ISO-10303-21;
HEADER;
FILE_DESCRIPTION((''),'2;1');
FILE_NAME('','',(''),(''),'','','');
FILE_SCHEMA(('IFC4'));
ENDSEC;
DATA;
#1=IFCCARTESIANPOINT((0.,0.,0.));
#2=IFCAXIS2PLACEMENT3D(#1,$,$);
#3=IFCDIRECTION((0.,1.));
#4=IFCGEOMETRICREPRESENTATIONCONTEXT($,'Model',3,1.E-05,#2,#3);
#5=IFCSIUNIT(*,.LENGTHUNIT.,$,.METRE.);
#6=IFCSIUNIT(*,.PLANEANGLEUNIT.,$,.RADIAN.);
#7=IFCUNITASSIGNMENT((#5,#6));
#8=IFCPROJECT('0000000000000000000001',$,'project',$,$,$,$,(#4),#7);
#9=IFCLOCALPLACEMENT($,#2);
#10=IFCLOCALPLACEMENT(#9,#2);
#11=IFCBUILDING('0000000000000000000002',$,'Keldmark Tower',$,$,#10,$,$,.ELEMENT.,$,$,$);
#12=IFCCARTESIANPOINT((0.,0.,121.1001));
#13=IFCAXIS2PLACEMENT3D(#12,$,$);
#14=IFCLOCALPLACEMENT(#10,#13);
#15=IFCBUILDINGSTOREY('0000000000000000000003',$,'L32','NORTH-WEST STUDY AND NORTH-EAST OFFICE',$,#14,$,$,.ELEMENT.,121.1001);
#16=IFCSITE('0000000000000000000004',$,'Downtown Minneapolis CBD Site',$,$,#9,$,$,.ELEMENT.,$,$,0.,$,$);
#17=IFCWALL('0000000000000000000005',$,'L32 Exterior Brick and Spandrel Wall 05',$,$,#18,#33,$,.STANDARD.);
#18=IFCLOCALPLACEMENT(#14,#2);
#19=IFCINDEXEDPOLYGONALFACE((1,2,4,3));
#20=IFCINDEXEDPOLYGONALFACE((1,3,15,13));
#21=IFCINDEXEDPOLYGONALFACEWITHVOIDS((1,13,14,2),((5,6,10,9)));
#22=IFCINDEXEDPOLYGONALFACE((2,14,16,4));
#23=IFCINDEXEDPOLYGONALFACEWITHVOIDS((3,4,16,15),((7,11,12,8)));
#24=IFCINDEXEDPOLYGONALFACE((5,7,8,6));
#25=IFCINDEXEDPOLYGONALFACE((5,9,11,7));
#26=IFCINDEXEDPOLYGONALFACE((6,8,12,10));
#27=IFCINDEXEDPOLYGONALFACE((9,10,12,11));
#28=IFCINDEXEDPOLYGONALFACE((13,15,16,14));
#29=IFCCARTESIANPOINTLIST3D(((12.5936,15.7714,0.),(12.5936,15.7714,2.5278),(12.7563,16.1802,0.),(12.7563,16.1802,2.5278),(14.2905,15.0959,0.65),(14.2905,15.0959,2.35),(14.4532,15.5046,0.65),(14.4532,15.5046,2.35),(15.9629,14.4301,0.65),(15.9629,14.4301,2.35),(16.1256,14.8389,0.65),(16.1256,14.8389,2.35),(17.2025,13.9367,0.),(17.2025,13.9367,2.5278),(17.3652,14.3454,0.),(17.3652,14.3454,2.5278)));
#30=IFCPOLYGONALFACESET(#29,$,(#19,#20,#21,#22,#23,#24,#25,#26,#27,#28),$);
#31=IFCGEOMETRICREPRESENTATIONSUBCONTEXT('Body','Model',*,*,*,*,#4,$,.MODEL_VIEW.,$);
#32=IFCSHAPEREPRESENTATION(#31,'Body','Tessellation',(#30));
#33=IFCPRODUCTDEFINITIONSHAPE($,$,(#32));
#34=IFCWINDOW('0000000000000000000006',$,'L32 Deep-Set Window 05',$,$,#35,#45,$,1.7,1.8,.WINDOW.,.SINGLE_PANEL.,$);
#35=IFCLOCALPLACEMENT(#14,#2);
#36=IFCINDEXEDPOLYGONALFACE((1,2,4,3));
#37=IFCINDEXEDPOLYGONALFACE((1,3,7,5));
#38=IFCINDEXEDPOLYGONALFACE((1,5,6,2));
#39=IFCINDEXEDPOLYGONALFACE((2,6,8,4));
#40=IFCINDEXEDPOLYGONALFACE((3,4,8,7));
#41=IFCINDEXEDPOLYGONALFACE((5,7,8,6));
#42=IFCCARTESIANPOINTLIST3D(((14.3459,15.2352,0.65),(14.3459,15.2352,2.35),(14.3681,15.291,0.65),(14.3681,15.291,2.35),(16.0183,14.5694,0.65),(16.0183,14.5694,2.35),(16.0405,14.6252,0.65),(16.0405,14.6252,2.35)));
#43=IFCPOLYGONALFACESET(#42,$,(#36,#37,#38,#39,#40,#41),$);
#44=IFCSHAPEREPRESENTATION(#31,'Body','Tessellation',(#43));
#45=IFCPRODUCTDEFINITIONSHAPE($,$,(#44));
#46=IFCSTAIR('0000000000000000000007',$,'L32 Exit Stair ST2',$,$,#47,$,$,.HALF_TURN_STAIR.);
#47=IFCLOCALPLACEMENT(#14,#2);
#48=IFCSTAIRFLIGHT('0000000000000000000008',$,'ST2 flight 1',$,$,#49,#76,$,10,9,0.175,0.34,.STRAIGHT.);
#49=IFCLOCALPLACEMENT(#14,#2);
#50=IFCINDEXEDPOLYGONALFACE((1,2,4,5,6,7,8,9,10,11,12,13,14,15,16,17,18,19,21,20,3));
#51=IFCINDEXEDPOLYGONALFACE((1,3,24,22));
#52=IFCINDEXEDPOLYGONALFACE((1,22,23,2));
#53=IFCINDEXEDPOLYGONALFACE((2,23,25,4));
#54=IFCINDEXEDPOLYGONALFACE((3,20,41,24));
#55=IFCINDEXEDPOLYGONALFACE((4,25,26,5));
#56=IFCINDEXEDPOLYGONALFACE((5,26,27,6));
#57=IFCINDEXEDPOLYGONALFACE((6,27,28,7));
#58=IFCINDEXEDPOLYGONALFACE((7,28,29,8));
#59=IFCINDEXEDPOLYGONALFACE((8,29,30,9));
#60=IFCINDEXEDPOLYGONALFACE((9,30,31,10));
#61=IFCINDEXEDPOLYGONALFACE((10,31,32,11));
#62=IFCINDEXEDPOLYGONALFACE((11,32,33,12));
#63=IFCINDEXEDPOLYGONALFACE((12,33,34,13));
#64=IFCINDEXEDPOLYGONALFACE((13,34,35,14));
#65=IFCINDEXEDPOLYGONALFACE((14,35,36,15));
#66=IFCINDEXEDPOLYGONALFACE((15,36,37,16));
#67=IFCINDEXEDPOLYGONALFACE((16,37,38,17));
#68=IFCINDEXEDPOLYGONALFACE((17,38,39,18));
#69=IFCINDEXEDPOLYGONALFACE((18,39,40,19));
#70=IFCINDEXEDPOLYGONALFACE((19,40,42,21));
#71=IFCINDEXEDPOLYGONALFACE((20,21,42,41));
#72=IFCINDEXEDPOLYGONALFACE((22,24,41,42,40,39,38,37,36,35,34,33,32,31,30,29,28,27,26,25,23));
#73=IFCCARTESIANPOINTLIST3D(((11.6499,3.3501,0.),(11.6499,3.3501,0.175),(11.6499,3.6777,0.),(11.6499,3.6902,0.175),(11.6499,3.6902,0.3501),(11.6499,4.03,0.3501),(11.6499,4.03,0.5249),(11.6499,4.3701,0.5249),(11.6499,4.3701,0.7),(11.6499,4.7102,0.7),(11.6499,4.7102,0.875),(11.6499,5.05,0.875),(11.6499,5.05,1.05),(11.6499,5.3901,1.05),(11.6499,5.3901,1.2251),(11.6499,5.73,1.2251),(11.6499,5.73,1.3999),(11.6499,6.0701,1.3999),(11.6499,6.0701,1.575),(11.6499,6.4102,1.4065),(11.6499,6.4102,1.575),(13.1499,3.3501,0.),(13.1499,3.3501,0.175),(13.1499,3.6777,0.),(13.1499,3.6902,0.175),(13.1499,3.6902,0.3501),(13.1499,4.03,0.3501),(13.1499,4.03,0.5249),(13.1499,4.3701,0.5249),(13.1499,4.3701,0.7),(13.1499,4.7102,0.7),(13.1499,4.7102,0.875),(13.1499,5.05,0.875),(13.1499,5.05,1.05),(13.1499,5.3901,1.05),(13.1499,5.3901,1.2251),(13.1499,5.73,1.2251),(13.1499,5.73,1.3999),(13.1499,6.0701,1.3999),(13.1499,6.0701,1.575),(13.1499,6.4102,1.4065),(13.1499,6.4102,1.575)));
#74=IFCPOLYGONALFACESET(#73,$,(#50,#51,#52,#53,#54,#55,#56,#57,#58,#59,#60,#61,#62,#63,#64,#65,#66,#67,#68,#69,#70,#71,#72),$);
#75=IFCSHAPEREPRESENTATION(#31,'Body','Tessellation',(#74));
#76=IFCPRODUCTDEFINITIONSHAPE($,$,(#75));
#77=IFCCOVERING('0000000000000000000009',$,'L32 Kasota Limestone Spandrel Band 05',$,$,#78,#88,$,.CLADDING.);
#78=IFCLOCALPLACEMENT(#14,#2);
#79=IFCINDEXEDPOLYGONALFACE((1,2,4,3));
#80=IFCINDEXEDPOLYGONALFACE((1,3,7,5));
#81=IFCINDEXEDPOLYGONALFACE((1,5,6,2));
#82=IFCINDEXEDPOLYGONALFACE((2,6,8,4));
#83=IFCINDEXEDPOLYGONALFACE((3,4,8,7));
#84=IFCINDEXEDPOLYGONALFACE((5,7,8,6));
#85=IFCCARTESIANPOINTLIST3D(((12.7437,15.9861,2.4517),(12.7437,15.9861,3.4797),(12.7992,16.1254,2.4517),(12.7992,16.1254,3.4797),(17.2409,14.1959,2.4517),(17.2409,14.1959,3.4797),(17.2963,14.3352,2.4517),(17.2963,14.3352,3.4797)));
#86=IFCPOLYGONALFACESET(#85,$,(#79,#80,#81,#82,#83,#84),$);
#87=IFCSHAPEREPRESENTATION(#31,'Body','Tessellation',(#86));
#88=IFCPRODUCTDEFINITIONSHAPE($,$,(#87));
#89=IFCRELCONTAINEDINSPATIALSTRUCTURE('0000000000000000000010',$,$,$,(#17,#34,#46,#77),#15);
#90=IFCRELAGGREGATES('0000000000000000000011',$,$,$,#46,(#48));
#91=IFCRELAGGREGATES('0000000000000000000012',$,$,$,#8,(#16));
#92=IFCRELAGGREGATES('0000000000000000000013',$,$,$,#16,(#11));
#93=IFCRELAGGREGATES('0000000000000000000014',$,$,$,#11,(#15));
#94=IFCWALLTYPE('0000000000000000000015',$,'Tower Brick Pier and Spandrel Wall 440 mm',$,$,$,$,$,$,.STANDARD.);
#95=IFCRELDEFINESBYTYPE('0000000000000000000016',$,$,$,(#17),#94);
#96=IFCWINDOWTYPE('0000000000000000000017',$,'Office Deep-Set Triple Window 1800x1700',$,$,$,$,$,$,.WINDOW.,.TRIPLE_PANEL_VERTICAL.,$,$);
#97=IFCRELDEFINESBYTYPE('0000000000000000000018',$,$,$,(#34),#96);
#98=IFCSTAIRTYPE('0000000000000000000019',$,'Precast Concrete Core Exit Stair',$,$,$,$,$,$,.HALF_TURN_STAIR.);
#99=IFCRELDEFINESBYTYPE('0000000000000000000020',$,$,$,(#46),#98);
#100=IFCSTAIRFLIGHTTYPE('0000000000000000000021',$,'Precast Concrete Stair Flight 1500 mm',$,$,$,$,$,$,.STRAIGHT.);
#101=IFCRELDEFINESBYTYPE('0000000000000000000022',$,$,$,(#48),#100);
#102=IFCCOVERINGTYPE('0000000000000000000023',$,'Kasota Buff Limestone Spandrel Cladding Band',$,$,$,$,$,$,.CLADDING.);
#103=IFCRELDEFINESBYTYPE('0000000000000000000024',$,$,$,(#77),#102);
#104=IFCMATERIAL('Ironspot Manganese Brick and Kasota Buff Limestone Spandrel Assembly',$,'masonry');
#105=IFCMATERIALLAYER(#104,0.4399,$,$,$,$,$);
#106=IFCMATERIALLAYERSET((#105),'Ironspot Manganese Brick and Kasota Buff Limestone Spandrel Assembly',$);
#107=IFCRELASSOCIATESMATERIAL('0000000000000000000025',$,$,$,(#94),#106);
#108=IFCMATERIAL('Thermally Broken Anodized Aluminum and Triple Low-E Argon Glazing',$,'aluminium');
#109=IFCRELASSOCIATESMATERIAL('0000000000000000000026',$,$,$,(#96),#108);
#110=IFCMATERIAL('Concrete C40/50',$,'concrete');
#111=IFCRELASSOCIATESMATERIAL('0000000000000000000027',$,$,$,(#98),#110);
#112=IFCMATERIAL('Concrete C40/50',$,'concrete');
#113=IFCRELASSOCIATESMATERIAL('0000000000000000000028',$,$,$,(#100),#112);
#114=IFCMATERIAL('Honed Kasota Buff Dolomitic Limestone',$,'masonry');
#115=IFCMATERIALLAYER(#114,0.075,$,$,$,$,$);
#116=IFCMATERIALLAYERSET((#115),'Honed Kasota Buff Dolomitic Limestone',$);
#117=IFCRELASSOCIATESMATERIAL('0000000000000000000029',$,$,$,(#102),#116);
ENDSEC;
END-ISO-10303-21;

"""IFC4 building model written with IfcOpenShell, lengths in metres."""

from ifc_helpers import new_model, si_unit, direction, frame, frame_2d, origin, origin_2d, place, context, subcontext, project, spatial, polyline, rectangle, outline, extrude, material, layer, layer_set, type_object, element, fill, aggregate, save


model = new_model("IFC4")

# Units and contexts
model_context = context("Model", 3, precision=1e-05, world=origin(), true_north=direction((0.0, 1.0)))
body_context = subcontext(model_context, "Body", "Model", "MODEL_VIEW")
ifc_project = project(units=[si_unit("LENGTHUNIT", "METRE"), si_unit("PLANEANGLEUNIT", "RADIAN")], contexts=[model_context])

# Site, building, storey
site_placement = place(None, origin())
site = spatial("IfcSite", under=ifc_project, at=site_placement, Name="Downtown Minneapolis CBD Site", CompositionType="ELEMENT", RefElevation=0.0)
building_placement = place(site_placement, origin())
building = spatial("IfcBuilding", under=site, at=building_placement, Name="Keldmark Tower", CompositionType="ELEMENT")
storey_placement = place(building_placement, frame((0.0, 0.0, 121.1001)))
storey = spatial("IfcBuildingStorey", under=building, at=storey_placement, Name="L32", Description="NORTH-WEST STUDY AND NORTH-EAST OFFICE", CompositionType="ELEMENT", Elevation=121.1001)

# Wall, opening, window
ifc_material_1 = material(Name="Ironspot Manganese Brick and Kasota Buff Limestone Spandrel Assembly", Category="masonry")
ifc_layer_1 = layer(ifc_material_1, 0.4399)
ifc_layer_set_1 = layer_set([ifc_layer_1], Name="Ironspot Manganese Brick and Kasota Buff Limestone Spandrel Assembly")
wall_type_1 = type_object("IfcWallType", Name="Tower Brick Pier and Spandrel Wall 440 mm", PredefinedType="STANDARD", material=ifc_layer_set_1)
wall_1_placement = place(storey_placement, frame((12.6748, 15.9758, 0.0), z_axis=(0.0, 0.0, 1.0), x_axis=(0.92909, -0.369854, 0.0)))
wall_1 = element("IfcWall", 1, at=wall_1_placement, inside=storey, type_object=wall_type_1, Name="L32 Exterior Brick and Spandrel Wall 05", PredefinedType="STANDARD", context=body_context, shape_type="SweptSolid", body=[
    extrude(rectangle(XDim=4.9607, YDim=0.4399, at=frame_2d((2.4805, 0.0))), origin(), (0.0, 0.0, 1.0), 2.5278),
])
opening_1_placement = place(wall_1_placement, frame((1.8267, 0.0, 0.6499)))
opening_1 = element("IfcOpeningElement", 2, at=opening_1_placement, cuts=wall_1, PredefinedType="OPENING", context=body_context, shape_type="SweptSolid", body=[
    extrude(rectangle(XDim=1.8, YDim=1.7, at=frame_2d((0.8999, 0.8501))), frame((0.0, 0.23, 0.0), z_axis=(0.0, -1.0, 0.0), x_axis=(1.0, 0.0, 0.0)), (0.0, 0.0, 1.0), 0.46),
])
ifc_material_2 = material(Name="Thermally Broken Anodized Aluminum and Triple Low-E Argon Glazing", Category="aluminium")
window_type = type_object("IfcWindowType", Name="Office Deep-Set Triple Window 1800x1700", PartitioningType="TRIPLE_PANEL_VERTICAL", PredefinedType="WINDOW", material=ifc_material_2)
window_placement = place(opening_1_placement, origin())
window = element("IfcWindow", 3, at=window_placement, inside=storey, type_object=window_type, Name="L32 Deep-Set Window 05", OverallHeight=1.7, OverallWidth=1.8, PartitioningType="SINGLE_PANEL", PredefinedType="WINDOW", context=body_context, shape_type="SweptSolid", body=[
    extrude(rectangle(XDim=1.8, YDim=1.7, at=frame_2d((0.8999, 0.8501))), frame((0.0, -0.01, 0.0), z_axis=(0.0, -1.0, 0.0), x_axis=(1.0, 0.0, 0.0)), (0.0, 0.0, 1.0), 0.0601),
])
fill(opening_1, window)

# Stair, stair flight
ifc_material_3 = material(Name="Concrete C40/50", Category="concrete")
stair_type = type_object("IfcStairType", Name="Precast Concrete Core Exit Stair", PredefinedType="HALF_TURN_STAIR", material=ifc_material_3)
stair_placement = place(storey_placement, origin())
stair = element("IfcStair", 4, at=stair_placement, inside=storey, type_object=stair_type, Name="L32 Exit Stair ST2", PredefinedType="HALF_TURN_STAIR")
ifc_material_4 = material(Name="Concrete C40/50", Category="concrete")
stair_flight_type = type_object("IfcStairFlightType", Name="Precast Concrete Stair Flight 1500 mm", PredefinedType="STRAIGHT", material=ifc_material_4)
stair_flight_placement = place(storey_placement, frame((12.3999, 3.3501, 0.0), z_axis=(0.0, 0.0, 1.0), x_axis=(0.0, 1.0, 0.0)))
stair_flight = element("IfcStairFlight", 5, at=stair_flight_placement, type_object=stair_flight_type, Name="ST2 flight 1", NumberOfRisers=10, NumberOfTreads=9, PredefinedType="STRAIGHT", RiserHeight=0.175, TreadLength=0.34, context=body_context, shape_type="SweptSolid", body=[
    extrude(outline(polyline([(0.0, 0.0), (0.0, 0.175), (0.3401, 0.175), (0.3401, 0.3501), (0.6799, 0.3501), (0.6799, 0.5249), (1.02, 0.5249), (1.02, 0.7), (1.3601, 0.7), (1.3601, 0.875), (1.7, 0.875), (1.7, 1.05), (2.04, 1.05), (2.04, 1.2251), (2.3799, 1.2251), (2.3799, 1.3999), (2.72, 1.3999), (2.72, 1.575), (3.0601, 1.575), (3.0601, 1.75), (3.0601, 1.4065), (0.3276, 0.0), (0.0, 0.0)])), frame((0.0, 0.75, 0.0), z_axis=(0.0, -1.0, 0.0), x_axis=(1.0, 0.0, 0.0)), (0.0, 0.0, 1.0), 1.5),
])
aggregate(stair, [stair_flight])

# Covering
ifc_material_5 = material(Name="Honed Kasota Buff Dolomitic Limestone", Category="masonry")
ifc_layer_2 = layer(ifc_material_5, 0.075)
ifc_layer_set_2 = layer_set([ifc_layer_2], Name="Honed Kasota Buff Dolomitic Limestone")
covering_type = type_object("IfcCoveringType", Name="Kasota Buff Limestone Spandrel Cladding Band", PredefinedType="CLADDING", material=ifc_layer_set_2)
covering_placement = place(storey_placement, frame((15.02, 15.1606, 2.4517), z_axis=(0.0, 0.0, 1.0), x_axis=(-0.929094, 0.369844, 0.0)))
element("IfcCovering", 6, at=covering_placement, inside=storey, type_object=covering_type, Name="L32 Kasota Limestone Spandrel Band 05", PredefinedType="CLADDING", context=body_context, shape_type="SweptSolid", body=[
    extrude(rectangle(XDim=4.8403, YDim=0.1499, at=origin_2d()), origin(), (0.0, 0.0, 1.0), 1.0281),
])

save(model, "model.ifc")
